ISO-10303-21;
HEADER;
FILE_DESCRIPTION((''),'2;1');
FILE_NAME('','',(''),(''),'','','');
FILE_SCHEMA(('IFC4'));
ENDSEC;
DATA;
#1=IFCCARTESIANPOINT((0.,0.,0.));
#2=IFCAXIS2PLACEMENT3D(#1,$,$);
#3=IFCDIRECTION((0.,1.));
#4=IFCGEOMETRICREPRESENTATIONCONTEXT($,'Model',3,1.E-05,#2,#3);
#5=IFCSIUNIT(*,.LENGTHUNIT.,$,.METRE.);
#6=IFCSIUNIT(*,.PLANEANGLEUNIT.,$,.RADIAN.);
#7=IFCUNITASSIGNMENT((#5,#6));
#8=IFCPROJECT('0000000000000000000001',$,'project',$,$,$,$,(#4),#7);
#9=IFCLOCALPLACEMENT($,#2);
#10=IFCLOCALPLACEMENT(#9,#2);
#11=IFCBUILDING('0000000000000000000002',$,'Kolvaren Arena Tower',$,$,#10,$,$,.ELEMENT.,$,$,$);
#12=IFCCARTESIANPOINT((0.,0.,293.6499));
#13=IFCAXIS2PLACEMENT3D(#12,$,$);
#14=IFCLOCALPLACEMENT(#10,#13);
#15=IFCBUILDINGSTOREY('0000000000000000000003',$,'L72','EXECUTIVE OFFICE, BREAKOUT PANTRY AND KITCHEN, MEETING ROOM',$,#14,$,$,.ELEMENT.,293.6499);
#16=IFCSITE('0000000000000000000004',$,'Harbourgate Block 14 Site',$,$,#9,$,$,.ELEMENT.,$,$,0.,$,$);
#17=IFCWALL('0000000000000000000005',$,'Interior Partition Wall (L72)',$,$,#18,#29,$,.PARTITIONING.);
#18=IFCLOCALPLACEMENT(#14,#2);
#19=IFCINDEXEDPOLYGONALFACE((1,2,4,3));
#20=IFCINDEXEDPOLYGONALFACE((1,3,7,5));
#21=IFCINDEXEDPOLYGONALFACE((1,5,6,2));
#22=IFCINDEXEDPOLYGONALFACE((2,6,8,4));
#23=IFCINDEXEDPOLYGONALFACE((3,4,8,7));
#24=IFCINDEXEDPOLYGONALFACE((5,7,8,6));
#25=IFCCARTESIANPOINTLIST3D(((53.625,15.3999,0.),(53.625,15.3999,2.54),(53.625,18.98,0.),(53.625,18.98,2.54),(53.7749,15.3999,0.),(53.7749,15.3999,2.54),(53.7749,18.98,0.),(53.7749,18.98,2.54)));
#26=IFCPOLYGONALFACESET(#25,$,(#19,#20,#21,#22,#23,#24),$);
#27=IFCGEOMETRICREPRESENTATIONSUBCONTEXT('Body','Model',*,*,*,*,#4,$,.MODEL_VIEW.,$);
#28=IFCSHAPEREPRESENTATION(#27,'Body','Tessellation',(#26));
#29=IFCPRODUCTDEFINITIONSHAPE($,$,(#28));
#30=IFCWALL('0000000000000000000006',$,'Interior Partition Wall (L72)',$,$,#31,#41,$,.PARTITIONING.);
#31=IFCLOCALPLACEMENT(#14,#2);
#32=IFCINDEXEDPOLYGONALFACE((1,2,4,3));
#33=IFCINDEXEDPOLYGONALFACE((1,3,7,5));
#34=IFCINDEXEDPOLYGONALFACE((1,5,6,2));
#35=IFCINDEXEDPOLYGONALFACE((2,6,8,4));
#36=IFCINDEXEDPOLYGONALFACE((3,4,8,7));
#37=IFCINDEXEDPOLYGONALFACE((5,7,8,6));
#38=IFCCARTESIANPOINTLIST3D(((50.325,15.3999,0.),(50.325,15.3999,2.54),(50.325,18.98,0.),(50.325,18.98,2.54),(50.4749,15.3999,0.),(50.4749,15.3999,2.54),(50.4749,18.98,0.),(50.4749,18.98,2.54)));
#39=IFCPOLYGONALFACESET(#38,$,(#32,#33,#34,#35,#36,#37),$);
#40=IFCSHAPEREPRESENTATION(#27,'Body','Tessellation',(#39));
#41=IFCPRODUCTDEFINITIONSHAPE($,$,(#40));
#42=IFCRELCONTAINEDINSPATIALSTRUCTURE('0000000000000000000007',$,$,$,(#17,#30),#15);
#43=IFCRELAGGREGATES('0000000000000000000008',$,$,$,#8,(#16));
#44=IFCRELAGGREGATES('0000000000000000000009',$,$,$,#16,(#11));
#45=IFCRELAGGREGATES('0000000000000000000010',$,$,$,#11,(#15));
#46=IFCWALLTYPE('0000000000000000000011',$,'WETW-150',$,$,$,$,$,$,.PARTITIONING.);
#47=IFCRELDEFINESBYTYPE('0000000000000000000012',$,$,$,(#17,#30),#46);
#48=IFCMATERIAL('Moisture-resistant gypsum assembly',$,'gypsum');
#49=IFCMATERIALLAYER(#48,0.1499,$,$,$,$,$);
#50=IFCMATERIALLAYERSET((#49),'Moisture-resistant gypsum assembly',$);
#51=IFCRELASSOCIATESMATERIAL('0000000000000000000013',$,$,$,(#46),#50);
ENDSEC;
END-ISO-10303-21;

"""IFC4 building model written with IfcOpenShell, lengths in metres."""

from ifc_helpers import new_model, si_unit, direction, frame, frame_2d, origin, place, context, subcontext, project, spatial, rectangle, extrude, material, layer, layer_set, type_object, element, save


model = new_model("IFC4")

# Units and contexts
model_context = context("Model", 3, precision=1e-05, world=origin(), true_north=direction((0.0, 1.0)))
body_context = subcontext(model_context, "Body", "Model", "MODEL_VIEW")
ifc_project = project(units=[si_unit("LENGTHUNIT", "METRE"), si_unit("PLANEANGLEUNIT", "RADIAN")], contexts=[model_context])

# Site, building, storey
site_placement = place(None, origin())
site = spatial("IfcSite", under=ifc_project, at=site_placement, Name="Harbourgate Block 14 Site", CompositionType="ELEMENT", RefElevation=0.0)
building_placement = place(site_placement, origin())
building = spatial("IfcBuilding", under=site, at=building_placement, Name="Kolvaren Arena Tower", CompositionType="ELEMENT")
storey_placement = place(building_placement, frame((0.0, 0.0, 293.6499)))
storey = spatial("IfcBuildingStorey", under=building, at=storey_placement, Name="L72", Description="EXECUTIVE OFFICE, BREAKOUT PANTRY AND KITCHEN, MEETING ROOM", CompositionType="ELEMENT", Elevation=293.6499)

# Walls
ifc_material_1 = material(Name="Moisture-resistant gypsum assembly", Category="gypsum")
ifc_layer_1 = layer(ifc_material_1, 0.1499)
ifc_layer_set_1 = layer_set([ifc_layer_1], Name="Moisture-resistant gypsum assembly")
wall_type_1 = type_object("IfcWallType", Name="WETW-150", PredefinedType="PARTITIONING", material=ifc_layer_set_1)
for number, where, z_axis, x_axis, name in (
    (1, (53.7, 15.3999, 0.0), (0.0, 0.0, 1.0), (0.0, 1.0, 0.0), "Interior Partition Wall (L72)"),
    (2, (50.3999, 15.3999, 0.0), (0.0, 0.0, 1.0), (0.0, 1.0, 0.0), "Interior Partition Wall (L72)"),
):
    element("IfcWall", number, at=place(storey_placement, frame(where, z_axis=z_axis, x_axis=x_axis)), inside=storey, type_object=wall_type_1, Name=name, PredefinedType="PARTITIONING", context=body_context, shape_type="SweptSolid", body=[
        extrude(rectangle(XDim=3.5801, YDim=0.1499, at=frame_2d((1.79, 0.0))), origin(), (0.0, 0.0, 1.0), 2.54),
    ])

save(model, "model.ifc")
